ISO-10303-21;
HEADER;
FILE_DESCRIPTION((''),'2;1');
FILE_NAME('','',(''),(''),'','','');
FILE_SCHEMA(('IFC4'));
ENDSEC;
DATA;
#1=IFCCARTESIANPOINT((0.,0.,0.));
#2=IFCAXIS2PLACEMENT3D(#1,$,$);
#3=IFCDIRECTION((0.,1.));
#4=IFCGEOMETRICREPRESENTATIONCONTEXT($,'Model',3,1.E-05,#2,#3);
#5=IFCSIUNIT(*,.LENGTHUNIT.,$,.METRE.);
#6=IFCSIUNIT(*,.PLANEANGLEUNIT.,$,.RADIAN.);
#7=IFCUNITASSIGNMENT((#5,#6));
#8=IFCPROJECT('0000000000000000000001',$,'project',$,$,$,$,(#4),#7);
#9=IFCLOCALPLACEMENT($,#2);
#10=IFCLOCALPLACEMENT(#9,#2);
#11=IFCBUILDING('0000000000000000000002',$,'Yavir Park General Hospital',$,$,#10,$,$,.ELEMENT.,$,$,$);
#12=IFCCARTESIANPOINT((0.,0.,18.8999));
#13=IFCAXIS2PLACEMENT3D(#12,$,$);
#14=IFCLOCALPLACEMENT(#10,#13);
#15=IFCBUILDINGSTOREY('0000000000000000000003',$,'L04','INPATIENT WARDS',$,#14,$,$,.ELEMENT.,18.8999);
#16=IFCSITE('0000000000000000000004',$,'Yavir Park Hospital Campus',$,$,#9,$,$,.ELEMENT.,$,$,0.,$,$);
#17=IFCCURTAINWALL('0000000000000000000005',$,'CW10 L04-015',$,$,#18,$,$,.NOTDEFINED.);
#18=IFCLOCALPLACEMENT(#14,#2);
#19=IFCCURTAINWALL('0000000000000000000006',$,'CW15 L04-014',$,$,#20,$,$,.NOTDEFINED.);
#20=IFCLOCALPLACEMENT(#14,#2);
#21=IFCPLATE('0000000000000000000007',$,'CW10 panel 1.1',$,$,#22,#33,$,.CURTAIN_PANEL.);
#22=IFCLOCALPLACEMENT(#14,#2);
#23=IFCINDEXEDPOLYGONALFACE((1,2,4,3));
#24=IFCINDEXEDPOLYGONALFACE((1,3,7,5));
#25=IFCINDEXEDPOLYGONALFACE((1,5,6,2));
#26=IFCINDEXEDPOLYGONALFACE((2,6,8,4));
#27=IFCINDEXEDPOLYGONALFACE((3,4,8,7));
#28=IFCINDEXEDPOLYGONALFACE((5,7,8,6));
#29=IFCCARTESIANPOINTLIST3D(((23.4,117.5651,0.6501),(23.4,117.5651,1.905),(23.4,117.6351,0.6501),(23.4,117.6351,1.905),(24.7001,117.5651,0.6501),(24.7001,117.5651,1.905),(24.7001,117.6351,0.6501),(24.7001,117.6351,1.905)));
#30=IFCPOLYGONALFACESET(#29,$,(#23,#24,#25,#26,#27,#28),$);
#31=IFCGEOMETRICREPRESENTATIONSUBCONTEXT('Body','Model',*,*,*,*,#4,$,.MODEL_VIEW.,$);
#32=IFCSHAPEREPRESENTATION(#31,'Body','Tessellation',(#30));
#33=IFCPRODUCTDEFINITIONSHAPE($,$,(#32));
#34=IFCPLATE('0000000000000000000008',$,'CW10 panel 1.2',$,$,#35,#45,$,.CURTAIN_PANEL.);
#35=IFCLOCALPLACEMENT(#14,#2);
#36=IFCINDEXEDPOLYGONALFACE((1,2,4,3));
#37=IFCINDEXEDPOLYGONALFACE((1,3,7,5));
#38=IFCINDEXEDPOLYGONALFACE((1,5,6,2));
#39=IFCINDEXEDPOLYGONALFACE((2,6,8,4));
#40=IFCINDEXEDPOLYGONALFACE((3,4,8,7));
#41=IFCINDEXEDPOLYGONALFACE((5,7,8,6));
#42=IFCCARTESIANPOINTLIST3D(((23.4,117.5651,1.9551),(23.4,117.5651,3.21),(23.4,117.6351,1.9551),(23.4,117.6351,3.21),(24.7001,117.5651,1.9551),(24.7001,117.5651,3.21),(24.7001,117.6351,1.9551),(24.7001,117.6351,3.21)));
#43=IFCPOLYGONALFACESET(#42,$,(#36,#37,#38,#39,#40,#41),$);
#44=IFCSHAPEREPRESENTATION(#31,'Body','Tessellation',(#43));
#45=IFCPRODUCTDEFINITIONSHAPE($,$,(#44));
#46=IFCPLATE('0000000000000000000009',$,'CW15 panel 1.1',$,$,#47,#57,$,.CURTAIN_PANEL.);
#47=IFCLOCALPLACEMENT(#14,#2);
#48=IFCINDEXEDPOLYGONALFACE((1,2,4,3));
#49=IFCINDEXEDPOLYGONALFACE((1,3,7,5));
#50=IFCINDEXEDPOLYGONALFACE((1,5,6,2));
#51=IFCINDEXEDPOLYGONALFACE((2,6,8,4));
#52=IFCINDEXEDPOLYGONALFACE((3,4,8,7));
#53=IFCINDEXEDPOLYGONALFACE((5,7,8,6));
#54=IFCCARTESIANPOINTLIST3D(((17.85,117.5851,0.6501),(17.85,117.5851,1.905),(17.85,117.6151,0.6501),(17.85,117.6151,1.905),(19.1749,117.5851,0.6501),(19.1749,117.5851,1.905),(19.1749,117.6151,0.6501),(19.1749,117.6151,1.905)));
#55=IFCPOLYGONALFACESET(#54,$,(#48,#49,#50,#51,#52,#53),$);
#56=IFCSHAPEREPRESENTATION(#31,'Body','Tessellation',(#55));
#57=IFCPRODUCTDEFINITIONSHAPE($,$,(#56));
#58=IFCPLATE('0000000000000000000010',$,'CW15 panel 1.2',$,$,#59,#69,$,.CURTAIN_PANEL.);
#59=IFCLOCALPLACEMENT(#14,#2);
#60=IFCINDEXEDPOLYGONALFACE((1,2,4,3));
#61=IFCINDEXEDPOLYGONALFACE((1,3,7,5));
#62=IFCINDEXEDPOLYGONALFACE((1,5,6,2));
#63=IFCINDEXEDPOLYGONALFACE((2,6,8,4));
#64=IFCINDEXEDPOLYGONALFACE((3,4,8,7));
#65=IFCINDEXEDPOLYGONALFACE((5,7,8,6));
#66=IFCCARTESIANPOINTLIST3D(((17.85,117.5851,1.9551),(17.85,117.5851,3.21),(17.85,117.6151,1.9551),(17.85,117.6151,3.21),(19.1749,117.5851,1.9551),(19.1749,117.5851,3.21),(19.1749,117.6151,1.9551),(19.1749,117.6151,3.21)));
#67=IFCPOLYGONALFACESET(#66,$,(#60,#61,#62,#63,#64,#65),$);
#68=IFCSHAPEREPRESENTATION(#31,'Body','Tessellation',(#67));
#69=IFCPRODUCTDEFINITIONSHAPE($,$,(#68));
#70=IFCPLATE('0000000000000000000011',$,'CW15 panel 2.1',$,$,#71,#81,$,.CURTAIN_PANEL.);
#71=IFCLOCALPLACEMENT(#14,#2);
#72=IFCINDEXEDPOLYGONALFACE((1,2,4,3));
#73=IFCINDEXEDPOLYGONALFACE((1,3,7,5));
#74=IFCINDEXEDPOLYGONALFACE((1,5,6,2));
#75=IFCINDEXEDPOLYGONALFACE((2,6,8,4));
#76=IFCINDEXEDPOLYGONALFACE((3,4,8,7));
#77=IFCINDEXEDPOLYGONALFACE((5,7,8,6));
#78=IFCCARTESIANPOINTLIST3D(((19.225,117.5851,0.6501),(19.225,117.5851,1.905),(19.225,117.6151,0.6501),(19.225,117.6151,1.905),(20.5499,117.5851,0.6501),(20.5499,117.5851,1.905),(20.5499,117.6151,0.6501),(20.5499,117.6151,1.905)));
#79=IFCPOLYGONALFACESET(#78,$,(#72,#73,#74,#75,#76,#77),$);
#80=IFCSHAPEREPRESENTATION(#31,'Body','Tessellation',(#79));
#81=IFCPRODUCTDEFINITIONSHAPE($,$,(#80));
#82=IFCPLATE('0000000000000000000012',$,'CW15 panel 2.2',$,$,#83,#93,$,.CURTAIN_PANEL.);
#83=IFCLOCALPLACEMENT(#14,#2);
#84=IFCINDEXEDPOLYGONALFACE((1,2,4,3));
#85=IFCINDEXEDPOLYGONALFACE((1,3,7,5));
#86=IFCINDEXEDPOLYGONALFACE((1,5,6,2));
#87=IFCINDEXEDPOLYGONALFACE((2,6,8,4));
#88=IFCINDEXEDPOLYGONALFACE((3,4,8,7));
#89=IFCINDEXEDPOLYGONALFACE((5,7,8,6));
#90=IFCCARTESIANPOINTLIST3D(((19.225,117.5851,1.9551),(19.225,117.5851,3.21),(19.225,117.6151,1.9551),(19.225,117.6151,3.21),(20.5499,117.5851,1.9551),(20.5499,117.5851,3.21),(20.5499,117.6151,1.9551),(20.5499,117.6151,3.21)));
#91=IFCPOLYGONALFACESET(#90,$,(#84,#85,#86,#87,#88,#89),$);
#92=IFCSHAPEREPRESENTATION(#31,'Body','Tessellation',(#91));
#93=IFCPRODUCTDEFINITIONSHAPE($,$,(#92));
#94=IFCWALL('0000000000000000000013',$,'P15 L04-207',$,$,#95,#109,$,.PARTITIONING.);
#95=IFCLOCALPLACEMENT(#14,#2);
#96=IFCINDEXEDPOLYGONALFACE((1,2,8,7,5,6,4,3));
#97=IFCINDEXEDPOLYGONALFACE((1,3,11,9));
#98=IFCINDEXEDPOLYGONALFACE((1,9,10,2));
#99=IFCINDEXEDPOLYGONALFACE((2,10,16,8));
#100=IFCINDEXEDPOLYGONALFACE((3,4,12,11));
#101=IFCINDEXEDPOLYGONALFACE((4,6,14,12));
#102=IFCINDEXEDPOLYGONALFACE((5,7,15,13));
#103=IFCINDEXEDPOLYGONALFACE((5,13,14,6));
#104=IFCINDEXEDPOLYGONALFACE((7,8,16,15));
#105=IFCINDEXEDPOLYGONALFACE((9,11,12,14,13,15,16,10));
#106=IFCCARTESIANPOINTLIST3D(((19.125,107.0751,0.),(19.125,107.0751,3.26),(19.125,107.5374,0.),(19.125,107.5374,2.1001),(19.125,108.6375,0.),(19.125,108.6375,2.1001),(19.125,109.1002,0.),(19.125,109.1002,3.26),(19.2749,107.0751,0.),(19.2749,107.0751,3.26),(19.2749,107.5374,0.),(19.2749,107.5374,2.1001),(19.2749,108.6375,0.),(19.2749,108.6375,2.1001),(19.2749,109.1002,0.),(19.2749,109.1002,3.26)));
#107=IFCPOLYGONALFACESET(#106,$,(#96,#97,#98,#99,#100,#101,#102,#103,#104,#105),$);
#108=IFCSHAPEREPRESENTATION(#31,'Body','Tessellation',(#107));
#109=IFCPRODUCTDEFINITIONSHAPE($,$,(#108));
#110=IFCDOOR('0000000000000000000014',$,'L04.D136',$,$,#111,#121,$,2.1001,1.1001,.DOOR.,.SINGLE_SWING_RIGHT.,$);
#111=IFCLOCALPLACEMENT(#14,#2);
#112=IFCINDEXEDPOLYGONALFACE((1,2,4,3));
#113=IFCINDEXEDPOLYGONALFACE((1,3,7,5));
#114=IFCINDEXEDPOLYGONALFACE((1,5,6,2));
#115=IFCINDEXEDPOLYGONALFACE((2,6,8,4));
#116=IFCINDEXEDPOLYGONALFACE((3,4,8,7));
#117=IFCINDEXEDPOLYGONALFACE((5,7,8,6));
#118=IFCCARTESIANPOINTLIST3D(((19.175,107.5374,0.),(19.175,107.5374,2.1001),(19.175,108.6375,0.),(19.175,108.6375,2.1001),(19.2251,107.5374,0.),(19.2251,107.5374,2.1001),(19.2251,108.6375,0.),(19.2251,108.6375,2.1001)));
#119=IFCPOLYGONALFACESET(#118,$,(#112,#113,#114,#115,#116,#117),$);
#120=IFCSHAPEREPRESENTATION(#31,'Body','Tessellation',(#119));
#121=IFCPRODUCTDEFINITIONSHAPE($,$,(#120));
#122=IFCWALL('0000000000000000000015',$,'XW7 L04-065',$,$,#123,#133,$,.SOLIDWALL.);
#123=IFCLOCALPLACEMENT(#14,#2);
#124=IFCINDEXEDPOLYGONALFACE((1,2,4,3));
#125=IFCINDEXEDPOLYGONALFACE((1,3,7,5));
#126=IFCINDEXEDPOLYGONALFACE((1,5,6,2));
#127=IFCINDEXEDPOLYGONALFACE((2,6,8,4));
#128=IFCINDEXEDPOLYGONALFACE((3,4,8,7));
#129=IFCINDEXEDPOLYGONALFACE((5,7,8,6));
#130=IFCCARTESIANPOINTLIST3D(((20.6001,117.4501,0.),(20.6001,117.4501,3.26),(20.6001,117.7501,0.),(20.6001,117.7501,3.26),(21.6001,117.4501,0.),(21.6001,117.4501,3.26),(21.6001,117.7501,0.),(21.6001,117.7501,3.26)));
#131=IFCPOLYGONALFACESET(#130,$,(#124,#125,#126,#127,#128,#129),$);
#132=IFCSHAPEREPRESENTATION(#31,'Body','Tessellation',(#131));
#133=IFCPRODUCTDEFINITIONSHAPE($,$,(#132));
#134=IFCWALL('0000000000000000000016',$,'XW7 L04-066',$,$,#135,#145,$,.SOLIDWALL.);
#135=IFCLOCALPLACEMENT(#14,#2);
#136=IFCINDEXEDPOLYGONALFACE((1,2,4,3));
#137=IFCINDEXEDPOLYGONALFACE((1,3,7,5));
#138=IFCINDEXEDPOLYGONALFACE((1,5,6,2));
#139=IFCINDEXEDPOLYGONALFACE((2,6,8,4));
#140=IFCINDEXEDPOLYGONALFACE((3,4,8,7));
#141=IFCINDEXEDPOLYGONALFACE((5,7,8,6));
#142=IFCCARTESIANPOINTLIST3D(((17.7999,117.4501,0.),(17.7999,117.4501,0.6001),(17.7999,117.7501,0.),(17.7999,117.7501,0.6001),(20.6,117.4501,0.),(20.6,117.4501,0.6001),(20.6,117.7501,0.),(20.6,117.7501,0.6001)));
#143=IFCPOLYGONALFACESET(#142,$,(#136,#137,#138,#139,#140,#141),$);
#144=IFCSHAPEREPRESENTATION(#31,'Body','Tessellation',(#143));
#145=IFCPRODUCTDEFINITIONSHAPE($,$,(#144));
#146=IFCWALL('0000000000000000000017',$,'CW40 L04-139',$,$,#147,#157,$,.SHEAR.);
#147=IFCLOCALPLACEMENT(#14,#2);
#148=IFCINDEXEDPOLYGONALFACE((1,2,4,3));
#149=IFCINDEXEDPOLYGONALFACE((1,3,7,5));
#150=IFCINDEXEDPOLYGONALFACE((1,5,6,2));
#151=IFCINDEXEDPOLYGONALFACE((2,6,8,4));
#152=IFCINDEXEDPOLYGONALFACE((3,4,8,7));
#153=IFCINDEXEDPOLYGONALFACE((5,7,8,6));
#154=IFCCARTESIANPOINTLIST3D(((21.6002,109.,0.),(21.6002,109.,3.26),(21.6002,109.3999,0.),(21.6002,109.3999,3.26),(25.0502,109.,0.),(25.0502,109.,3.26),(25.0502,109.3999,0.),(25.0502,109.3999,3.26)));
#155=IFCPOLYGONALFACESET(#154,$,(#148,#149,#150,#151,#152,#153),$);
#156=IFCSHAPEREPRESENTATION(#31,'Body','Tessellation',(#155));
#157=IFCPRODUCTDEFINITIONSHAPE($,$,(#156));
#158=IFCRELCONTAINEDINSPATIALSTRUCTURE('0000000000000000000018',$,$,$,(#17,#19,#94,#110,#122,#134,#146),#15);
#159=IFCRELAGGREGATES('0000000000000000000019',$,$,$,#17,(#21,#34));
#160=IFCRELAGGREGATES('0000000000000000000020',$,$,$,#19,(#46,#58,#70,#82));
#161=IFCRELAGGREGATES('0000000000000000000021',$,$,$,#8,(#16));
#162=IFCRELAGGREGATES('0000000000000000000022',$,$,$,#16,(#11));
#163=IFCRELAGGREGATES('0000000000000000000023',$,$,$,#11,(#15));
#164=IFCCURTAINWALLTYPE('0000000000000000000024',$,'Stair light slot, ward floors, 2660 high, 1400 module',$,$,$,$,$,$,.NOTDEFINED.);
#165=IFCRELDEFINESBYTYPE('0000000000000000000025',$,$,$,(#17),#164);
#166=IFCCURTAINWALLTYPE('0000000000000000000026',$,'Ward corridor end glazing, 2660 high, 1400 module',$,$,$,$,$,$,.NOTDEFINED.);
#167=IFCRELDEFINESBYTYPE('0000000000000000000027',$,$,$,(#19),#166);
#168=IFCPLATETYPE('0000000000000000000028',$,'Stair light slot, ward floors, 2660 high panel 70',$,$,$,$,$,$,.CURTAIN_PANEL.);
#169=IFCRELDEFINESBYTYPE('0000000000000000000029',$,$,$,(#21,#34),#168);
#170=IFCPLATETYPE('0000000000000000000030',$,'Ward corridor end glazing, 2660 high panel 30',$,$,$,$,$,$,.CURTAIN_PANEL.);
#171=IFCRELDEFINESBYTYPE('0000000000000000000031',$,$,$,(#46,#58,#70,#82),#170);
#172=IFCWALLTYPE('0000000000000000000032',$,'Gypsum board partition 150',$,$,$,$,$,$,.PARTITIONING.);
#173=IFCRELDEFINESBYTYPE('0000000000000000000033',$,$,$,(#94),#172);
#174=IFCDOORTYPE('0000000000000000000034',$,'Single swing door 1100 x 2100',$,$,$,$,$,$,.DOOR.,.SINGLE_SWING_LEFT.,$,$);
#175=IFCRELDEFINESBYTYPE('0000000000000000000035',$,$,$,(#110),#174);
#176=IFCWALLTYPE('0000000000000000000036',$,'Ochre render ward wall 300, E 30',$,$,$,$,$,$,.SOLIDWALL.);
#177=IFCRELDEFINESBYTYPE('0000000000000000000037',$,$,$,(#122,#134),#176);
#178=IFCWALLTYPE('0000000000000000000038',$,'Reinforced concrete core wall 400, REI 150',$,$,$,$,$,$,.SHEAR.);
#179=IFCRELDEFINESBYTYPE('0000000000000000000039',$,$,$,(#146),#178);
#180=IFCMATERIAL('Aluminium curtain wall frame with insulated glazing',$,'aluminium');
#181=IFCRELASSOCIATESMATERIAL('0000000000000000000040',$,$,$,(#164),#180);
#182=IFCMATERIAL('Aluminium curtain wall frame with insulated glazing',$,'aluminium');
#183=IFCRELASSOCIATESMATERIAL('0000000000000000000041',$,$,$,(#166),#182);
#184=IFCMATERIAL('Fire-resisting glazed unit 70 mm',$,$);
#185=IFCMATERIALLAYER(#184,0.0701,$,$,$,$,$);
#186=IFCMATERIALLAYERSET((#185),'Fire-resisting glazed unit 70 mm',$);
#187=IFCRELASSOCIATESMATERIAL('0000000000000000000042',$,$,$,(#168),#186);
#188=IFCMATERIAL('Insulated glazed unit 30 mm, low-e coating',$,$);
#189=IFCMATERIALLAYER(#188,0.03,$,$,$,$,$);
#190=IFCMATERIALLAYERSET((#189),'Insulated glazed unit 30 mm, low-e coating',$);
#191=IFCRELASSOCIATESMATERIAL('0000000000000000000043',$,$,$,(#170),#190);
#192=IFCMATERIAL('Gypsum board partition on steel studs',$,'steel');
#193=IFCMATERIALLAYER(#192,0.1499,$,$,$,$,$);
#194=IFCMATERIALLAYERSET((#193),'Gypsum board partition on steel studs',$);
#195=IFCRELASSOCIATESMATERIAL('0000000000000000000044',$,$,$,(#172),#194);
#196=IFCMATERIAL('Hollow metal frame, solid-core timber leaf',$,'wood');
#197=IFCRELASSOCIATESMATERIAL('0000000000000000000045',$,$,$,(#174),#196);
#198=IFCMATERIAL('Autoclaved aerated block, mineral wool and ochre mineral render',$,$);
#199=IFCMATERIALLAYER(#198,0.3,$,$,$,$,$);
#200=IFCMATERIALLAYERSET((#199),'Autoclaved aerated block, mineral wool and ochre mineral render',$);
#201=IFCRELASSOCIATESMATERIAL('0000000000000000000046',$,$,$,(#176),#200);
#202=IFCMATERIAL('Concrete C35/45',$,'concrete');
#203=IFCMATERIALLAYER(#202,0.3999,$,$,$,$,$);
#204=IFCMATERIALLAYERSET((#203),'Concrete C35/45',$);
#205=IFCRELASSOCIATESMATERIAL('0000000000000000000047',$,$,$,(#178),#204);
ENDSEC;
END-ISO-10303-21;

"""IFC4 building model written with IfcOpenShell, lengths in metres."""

from ifc_helpers import new_model, si_unit, direction, frame, frame_2d, origin, origin_2d, place, context, subcontext, project, spatial, rectangle, extrude, material, layer, layer_set, type_object, element, fill, aggregate, save


model = new_model("IFC4")

# Units and contexts
model_context = context("Model", 3, precision=1e-05, world=origin(), true_north=direction((0.0, 1.0)))
body_context = subcontext(model_context, "Body", "Model", "MODEL_VIEW")
ifc_project = project(units=[si_unit("LENGTHUNIT", "METRE"), si_unit("PLANEANGLEUNIT", "RADIAN")], contexts=[model_context])

# Site, building, storey
site_placement = place(None, origin())
site = spatial("IfcSite", under=ifc_project, at=site_placement, Name="Yavir Park Hospital Campus", CompositionType="ELEMENT", RefElevation=0.0)
building_placement = place(site_placement, origin())
building = spatial("IfcBuilding", under=site, at=building_placement, Name="Yavir Park General Hospital", CompositionType="ELEMENT")
storey_placement = place(building_placement, frame((0.0, 0.0, 18.8999)))
storey = spatial("IfcBuildingStorey", under=building, at=storey_placement, Name="L04", Description="INPATIENT WARDS", CompositionType="ELEMENT", Elevation=18.8999)

# Curtain walls
ifc_material_1 = material(Name="Aluminium curtain wall frame with insulated glazing", Category="aluminium")
curtain_wall_type_1 = type_object("IfcCurtainWallType", Name="Stair light slot, ward floors, 2660 high, 1400 module", PredefinedType="NOTDEFINED", material=ifc_material_1)
curtain_wall_1_placement = place(storey_placement, origin())
curtain_wall_1 = element("IfcCurtainWall", 1, at=curtain_wall_1_placement, inside=storey, type_object=curtain_wall_type_1, Name="CW10 L04-015", PredefinedType="NOTDEFINED")
ifc_material_2 = material(Name="Aluminium curtain wall frame with insulated glazing", Category="aluminium")
curtain_wall_type_2 = type_object("IfcCurtainWallType", Name="Ward corridor end glazing, 2660 high, 1400 module", PredefinedType="NOTDEFINED", material=ifc_material_2)
curtain_wall_2_placement = place(storey_placement, origin())
curtain_wall_2 = element("IfcCurtainWall", 2, at=curtain_wall_2_placement, inside=storey, type_object=curtain_wall_type_2, Name="CW15 L04-014", PredefinedType="NOTDEFINED")

# Plates
ifc_material_3 = material(Name="Fire-resisting glazed unit 70 mm")
ifc_layer_1 = layer(ifc_material_3, 0.0701)
ifc_layer_set_1 = layer_set([ifc_layer_1], Name="Fire-resisting glazed unit 70 mm")
plate_type_1 = type_object("IfcPlateType", Name="Stair light slot, ward floors, 2660 high panel 70", PredefinedType="CURTAIN_PANEL", material=ifc_layer_set_1)
plate_1_placement = place(storey_placement, frame((24.05, 117.6001, 0.6501), z_axis=(0.0, 0.0, 1.0), x_axis=(1.0, 0.0, 0.0)))
plate_1 = element("IfcPlate", 3, at=plate_1_placement, type_object=plate_type_1, Name="CW10 panel 1.1", PredefinedType="CURTAIN_PANEL", context=body_context, shape_type="SweptSolid", body=[
    extrude(rectangle(XDim=1.3, YDim=0.0701, at=origin_2d()), origin(), (0.0, 0.0, 1.0), 1.2549),
])
plate_2_placement = place(storey_placement, frame((24.05, 117.6001, 1.9551), z_axis=(0.0, 0.0, 1.0), x_axis=(1.0, 0.0, 0.0)))
plate_2 = element("IfcPlate", 4, at=plate_2_placement, type_object=plate_type_1, Name="CW10 panel 1.2", PredefinedType="CURTAIN_PANEL", context=body_context, shape_type="SweptSolid", body=[
    extrude(rectangle(XDim=1.3, YDim=0.0701, at=origin_2d()), origin(), (0.0, 0.0, 1.0), 1.2549),
])
aggregate(curtain_wall_1, [plate_1, plate_2])
ifc_material_4 = material(Name="Insulated glazed unit 30 mm, low-e coating")
ifc_layer_2 = layer(ifc_material_4, 0.03)
ifc_layer_set_2 = layer_set([ifc_layer_2], Name="Insulated glazed unit 30 mm, low-e coating")
plate_type_2 = type_object("IfcPlateType", Name="Ward corridor end glazing, 2660 high panel 30", PredefinedType="CURTAIN_PANEL", material=ifc_layer_set_2)
plate_3_placement = place(storey_placement, frame((18.5125, 117.6001, 0.6501), z_axis=(0.0, 0.0, 1.0), x_axis=(1.0, 0.0, 0.0)))
plate_3 = element("IfcPlate", 5, at=plate_3_placement, type_object=plate_type_2, Name="CW15 panel 1.1", PredefinedType="CURTAIN_PANEL", context=body_context, shape_type="SweptSolid", body=[
    extrude(rectangle(XDim=1.325, YDim=0.03, at=origin_2d()), origin(), (0.0, 0.0, 1.0), 1.2549),
])
plate_4_placement = place(storey_placement, frame((18.5125, 117.6001, 1.9551), z_axis=(0.0, 0.0, 1.0), x_axis=(1.0, 0.0, 0.0)))
plate_4 = element("IfcPlate", 6, at=plate_4_placement, type_object=plate_type_2, Name="CW15 panel 1.2", PredefinedType="CURTAIN_PANEL", context=body_context, shape_type="SweptSolid", body=[
    extrude(rectangle(XDim=1.325, YDim=0.03, at=origin_2d()), origin(), (0.0, 0.0, 1.0), 1.2549),
])
plate_5_placement = place(storey_placement, frame((19.8875, 117.6001, 0.6501), z_axis=(0.0, 0.0, 1.0), x_axis=(1.0, 0.0, 0.0)))
plate_5 = element("IfcPlate", 7, at=plate_5_placement, type_object=plate_type_2, Name="CW15 panel 2.1", PredefinedType="CURTAIN_PANEL", context=body_context, shape_type="SweptSolid", body=[
    extrude(rectangle(XDim=1.325, YDim=0.03, at=origin_2d()), origin(), (0.0, 0.0, 1.0), 1.2549),
])
plate_6_placement = place(storey_placement, frame((19.8875, 117.6001, 1.9551), z_axis=(0.0, 0.0, 1.0), x_axis=(1.0, 0.0, 0.0)))
plate_6 = element("IfcPlate", 8, at=plate_6_placement, type_object=plate_type_2, Name="CW15 panel 2.2", PredefinedType="CURTAIN_PANEL", context=body_context, shape_type="SweptSolid", body=[
    extrude(rectangle(XDim=1.325, YDim=0.03, at=origin_2d()), origin(), (0.0, 0.0, 1.0), 1.2549),
])
aggregate(curtain_wall_2, [plate_3, plate_4, plate_5, plate_6])

# Wall, opening, door
ifc_material_5 = material(Name="Gypsum board partition on steel studs", Category="steel")
ifc_layer_3 = layer(ifc_material_5, 0.1499)
ifc_layer_set_3 = layer_set([ifc_layer_3], Name="Gypsum board partition on steel studs")
wall_type_1 = type_object("IfcWallType", Name="Gypsum board partition 150", PredefinedType="PARTITIONING", material=ifc_layer_set_3)
wall_1_placement = place(storey_placement, frame((19.2, 107.075, 0.0), z_axis=(0.0, 0.0, 1.0), x_axis=(0.0, 1.0, 0.0)))
wall_1 = element("IfcWall", 9, at=wall_1_placement, inside=storey, type_object=wall_type_1, Name="P15 L04-207", PredefinedType="PARTITIONING", context=body_context, shape_type="SweptSolid", body=[
    extrude(rectangle(XDim=2.0251, YDim=0.1499, at=frame_2d((1.0127, 0.0))), origin(), (0.0, 0.0, 1.0), 3.26),
])
opening_1_placement = place(wall_1_placement, frame((0.4624, 0.0, 0.0)))
opening_1 = element("IfcOpeningElement", 10, at=opening_1_placement, cuts=wall_1, PredefinedType="OPENING", context=body_context, shape_type="SweptSolid", body=[
    extrude(rectangle(XDim=1.1001, YDim=2.1001, at=frame_2d((0.55, 1.05))), frame((0.0, 0.085, 0.0), z_axis=(0.0, -1.0, 0.0), x_axis=(1.0, 0.0, 0.0)), (0.0, 0.0, 1.0), 0.1699),
])
ifc_material_6 = material(Name="Hollow metal frame, solid-core timber leaf", Category="wood")
door_type_1 = type_object("IfcDoorType", Name="Single swing door 1100 x 2100", OperationType="SINGLE_SWING_LEFT", PredefinedType="DOOR", material=ifc_material_6)
door_1_placement = place(opening_1_placement, origin())
door_1 = element("IfcDoor", 11, at=door_1_placement, inside=storey, type_object=door_type_1, Name="L04.D136", OperationType="SINGLE_SWING_RIGHT", OverallHeight=2.1001, OverallWidth=1.1001, PredefinedType="DOOR", context=body_context, shape_type="SweptSolid", body=[
    extrude(rectangle(XDim=1.1001, YDim=2.1001, at=frame_2d((0.55, 1.05))), frame((0.0, 0.0249, 0.0), z_axis=(0.0, -1.0, 0.0), x_axis=(1.0, 0.0, 0.0)), (0.0, 0.0, 1.0), 0.05),
])
fill(opening_1, door_1)

# Walls
ifc_material_7 = material(Name="Autoclaved aerated block, mineral wool and ochre mineral render")
ifc_layer_4 = layer(ifc_material_7, 0.3)
ifc_layer_set_4 = layer_set([ifc_layer_4], Name="Autoclaved aerated block, mineral wool and ochre mineral render")
wall_type_2 = type_object("IfcWallType", Name="Ochre render ward wall 300, E 30", PredefinedType="SOLIDWALL", material=ifc_layer_set_4)
wall_2_placement = place(storey_placement, frame((20.6001, 117.6001, 0.0), z_axis=(0.0, 0.0, 1.0), x_axis=(1.0, 0.0, 0.0)))
element("IfcWall", 12, at=wall_2_placement, inside=storey, type_object=wall_type_2, Name="XW7 L04-065", PredefinedType="SOLIDWALL", context=body_context, shape_type="SweptSolid", body=[
    extrude(rectangle(XDim=1.0, YDim=0.3, at=frame_2d((0.5, 0.0))), origin(), (0.0, 0.0, 1.0), 3.26),
])
wall_3_placement = place(storey_placement, frame((17.8, 117.6001, 0.0), z_axis=(0.0, 0.0, 1.0), x_axis=(1.0, 0.0, 0.0)))
element("IfcWall", 13, at=wall_3_placement, inside=storey, type_object=wall_type_2, Name="XW7 L04-066", PredefinedType="SOLIDWALL", context=body_context, shape_type="SweptSolid", body=[
    extrude(rectangle(XDim=2.8, YDim=0.3, at=frame_2d((1.3999, 0.0))), origin(), (0.0, 0.0, 1.0), 0.6001),
])
ifc_material_8 = material(Name="Concrete C35/45", Category="concrete")
ifc_layer_5 = layer(ifc_material_8, 0.3999)
ifc_layer_set_5 = layer_set([ifc_layer_5], Name="Concrete C35/45")
wall_type_3 = type_object("IfcWallType", Name="Reinforced concrete core wall 400, REI 150", PredefinedType="SHEAR", material=ifc_layer_set_5)
wall_4_placement = place(storey_placement, frame((21.6001, 109.2, 0.0), z_axis=(0.0, 0.0, 1.0), x_axis=(1.0, 0.0, 0.0)))
element("IfcWall", 14, at=wall_4_placement, inside=storey, type_object=wall_type_3, Name="CW40 L04-139", PredefinedType="SHEAR", context=body_context, shape_type="SweptSolid", body=[
    extrude(rectangle(XDim=3.45, YDim=0.3999, at=frame_2d((1.7251, 0.0))), origin(), (0.0, 0.0, 1.0), 3.26),
])

save(model, "model.ifc")
